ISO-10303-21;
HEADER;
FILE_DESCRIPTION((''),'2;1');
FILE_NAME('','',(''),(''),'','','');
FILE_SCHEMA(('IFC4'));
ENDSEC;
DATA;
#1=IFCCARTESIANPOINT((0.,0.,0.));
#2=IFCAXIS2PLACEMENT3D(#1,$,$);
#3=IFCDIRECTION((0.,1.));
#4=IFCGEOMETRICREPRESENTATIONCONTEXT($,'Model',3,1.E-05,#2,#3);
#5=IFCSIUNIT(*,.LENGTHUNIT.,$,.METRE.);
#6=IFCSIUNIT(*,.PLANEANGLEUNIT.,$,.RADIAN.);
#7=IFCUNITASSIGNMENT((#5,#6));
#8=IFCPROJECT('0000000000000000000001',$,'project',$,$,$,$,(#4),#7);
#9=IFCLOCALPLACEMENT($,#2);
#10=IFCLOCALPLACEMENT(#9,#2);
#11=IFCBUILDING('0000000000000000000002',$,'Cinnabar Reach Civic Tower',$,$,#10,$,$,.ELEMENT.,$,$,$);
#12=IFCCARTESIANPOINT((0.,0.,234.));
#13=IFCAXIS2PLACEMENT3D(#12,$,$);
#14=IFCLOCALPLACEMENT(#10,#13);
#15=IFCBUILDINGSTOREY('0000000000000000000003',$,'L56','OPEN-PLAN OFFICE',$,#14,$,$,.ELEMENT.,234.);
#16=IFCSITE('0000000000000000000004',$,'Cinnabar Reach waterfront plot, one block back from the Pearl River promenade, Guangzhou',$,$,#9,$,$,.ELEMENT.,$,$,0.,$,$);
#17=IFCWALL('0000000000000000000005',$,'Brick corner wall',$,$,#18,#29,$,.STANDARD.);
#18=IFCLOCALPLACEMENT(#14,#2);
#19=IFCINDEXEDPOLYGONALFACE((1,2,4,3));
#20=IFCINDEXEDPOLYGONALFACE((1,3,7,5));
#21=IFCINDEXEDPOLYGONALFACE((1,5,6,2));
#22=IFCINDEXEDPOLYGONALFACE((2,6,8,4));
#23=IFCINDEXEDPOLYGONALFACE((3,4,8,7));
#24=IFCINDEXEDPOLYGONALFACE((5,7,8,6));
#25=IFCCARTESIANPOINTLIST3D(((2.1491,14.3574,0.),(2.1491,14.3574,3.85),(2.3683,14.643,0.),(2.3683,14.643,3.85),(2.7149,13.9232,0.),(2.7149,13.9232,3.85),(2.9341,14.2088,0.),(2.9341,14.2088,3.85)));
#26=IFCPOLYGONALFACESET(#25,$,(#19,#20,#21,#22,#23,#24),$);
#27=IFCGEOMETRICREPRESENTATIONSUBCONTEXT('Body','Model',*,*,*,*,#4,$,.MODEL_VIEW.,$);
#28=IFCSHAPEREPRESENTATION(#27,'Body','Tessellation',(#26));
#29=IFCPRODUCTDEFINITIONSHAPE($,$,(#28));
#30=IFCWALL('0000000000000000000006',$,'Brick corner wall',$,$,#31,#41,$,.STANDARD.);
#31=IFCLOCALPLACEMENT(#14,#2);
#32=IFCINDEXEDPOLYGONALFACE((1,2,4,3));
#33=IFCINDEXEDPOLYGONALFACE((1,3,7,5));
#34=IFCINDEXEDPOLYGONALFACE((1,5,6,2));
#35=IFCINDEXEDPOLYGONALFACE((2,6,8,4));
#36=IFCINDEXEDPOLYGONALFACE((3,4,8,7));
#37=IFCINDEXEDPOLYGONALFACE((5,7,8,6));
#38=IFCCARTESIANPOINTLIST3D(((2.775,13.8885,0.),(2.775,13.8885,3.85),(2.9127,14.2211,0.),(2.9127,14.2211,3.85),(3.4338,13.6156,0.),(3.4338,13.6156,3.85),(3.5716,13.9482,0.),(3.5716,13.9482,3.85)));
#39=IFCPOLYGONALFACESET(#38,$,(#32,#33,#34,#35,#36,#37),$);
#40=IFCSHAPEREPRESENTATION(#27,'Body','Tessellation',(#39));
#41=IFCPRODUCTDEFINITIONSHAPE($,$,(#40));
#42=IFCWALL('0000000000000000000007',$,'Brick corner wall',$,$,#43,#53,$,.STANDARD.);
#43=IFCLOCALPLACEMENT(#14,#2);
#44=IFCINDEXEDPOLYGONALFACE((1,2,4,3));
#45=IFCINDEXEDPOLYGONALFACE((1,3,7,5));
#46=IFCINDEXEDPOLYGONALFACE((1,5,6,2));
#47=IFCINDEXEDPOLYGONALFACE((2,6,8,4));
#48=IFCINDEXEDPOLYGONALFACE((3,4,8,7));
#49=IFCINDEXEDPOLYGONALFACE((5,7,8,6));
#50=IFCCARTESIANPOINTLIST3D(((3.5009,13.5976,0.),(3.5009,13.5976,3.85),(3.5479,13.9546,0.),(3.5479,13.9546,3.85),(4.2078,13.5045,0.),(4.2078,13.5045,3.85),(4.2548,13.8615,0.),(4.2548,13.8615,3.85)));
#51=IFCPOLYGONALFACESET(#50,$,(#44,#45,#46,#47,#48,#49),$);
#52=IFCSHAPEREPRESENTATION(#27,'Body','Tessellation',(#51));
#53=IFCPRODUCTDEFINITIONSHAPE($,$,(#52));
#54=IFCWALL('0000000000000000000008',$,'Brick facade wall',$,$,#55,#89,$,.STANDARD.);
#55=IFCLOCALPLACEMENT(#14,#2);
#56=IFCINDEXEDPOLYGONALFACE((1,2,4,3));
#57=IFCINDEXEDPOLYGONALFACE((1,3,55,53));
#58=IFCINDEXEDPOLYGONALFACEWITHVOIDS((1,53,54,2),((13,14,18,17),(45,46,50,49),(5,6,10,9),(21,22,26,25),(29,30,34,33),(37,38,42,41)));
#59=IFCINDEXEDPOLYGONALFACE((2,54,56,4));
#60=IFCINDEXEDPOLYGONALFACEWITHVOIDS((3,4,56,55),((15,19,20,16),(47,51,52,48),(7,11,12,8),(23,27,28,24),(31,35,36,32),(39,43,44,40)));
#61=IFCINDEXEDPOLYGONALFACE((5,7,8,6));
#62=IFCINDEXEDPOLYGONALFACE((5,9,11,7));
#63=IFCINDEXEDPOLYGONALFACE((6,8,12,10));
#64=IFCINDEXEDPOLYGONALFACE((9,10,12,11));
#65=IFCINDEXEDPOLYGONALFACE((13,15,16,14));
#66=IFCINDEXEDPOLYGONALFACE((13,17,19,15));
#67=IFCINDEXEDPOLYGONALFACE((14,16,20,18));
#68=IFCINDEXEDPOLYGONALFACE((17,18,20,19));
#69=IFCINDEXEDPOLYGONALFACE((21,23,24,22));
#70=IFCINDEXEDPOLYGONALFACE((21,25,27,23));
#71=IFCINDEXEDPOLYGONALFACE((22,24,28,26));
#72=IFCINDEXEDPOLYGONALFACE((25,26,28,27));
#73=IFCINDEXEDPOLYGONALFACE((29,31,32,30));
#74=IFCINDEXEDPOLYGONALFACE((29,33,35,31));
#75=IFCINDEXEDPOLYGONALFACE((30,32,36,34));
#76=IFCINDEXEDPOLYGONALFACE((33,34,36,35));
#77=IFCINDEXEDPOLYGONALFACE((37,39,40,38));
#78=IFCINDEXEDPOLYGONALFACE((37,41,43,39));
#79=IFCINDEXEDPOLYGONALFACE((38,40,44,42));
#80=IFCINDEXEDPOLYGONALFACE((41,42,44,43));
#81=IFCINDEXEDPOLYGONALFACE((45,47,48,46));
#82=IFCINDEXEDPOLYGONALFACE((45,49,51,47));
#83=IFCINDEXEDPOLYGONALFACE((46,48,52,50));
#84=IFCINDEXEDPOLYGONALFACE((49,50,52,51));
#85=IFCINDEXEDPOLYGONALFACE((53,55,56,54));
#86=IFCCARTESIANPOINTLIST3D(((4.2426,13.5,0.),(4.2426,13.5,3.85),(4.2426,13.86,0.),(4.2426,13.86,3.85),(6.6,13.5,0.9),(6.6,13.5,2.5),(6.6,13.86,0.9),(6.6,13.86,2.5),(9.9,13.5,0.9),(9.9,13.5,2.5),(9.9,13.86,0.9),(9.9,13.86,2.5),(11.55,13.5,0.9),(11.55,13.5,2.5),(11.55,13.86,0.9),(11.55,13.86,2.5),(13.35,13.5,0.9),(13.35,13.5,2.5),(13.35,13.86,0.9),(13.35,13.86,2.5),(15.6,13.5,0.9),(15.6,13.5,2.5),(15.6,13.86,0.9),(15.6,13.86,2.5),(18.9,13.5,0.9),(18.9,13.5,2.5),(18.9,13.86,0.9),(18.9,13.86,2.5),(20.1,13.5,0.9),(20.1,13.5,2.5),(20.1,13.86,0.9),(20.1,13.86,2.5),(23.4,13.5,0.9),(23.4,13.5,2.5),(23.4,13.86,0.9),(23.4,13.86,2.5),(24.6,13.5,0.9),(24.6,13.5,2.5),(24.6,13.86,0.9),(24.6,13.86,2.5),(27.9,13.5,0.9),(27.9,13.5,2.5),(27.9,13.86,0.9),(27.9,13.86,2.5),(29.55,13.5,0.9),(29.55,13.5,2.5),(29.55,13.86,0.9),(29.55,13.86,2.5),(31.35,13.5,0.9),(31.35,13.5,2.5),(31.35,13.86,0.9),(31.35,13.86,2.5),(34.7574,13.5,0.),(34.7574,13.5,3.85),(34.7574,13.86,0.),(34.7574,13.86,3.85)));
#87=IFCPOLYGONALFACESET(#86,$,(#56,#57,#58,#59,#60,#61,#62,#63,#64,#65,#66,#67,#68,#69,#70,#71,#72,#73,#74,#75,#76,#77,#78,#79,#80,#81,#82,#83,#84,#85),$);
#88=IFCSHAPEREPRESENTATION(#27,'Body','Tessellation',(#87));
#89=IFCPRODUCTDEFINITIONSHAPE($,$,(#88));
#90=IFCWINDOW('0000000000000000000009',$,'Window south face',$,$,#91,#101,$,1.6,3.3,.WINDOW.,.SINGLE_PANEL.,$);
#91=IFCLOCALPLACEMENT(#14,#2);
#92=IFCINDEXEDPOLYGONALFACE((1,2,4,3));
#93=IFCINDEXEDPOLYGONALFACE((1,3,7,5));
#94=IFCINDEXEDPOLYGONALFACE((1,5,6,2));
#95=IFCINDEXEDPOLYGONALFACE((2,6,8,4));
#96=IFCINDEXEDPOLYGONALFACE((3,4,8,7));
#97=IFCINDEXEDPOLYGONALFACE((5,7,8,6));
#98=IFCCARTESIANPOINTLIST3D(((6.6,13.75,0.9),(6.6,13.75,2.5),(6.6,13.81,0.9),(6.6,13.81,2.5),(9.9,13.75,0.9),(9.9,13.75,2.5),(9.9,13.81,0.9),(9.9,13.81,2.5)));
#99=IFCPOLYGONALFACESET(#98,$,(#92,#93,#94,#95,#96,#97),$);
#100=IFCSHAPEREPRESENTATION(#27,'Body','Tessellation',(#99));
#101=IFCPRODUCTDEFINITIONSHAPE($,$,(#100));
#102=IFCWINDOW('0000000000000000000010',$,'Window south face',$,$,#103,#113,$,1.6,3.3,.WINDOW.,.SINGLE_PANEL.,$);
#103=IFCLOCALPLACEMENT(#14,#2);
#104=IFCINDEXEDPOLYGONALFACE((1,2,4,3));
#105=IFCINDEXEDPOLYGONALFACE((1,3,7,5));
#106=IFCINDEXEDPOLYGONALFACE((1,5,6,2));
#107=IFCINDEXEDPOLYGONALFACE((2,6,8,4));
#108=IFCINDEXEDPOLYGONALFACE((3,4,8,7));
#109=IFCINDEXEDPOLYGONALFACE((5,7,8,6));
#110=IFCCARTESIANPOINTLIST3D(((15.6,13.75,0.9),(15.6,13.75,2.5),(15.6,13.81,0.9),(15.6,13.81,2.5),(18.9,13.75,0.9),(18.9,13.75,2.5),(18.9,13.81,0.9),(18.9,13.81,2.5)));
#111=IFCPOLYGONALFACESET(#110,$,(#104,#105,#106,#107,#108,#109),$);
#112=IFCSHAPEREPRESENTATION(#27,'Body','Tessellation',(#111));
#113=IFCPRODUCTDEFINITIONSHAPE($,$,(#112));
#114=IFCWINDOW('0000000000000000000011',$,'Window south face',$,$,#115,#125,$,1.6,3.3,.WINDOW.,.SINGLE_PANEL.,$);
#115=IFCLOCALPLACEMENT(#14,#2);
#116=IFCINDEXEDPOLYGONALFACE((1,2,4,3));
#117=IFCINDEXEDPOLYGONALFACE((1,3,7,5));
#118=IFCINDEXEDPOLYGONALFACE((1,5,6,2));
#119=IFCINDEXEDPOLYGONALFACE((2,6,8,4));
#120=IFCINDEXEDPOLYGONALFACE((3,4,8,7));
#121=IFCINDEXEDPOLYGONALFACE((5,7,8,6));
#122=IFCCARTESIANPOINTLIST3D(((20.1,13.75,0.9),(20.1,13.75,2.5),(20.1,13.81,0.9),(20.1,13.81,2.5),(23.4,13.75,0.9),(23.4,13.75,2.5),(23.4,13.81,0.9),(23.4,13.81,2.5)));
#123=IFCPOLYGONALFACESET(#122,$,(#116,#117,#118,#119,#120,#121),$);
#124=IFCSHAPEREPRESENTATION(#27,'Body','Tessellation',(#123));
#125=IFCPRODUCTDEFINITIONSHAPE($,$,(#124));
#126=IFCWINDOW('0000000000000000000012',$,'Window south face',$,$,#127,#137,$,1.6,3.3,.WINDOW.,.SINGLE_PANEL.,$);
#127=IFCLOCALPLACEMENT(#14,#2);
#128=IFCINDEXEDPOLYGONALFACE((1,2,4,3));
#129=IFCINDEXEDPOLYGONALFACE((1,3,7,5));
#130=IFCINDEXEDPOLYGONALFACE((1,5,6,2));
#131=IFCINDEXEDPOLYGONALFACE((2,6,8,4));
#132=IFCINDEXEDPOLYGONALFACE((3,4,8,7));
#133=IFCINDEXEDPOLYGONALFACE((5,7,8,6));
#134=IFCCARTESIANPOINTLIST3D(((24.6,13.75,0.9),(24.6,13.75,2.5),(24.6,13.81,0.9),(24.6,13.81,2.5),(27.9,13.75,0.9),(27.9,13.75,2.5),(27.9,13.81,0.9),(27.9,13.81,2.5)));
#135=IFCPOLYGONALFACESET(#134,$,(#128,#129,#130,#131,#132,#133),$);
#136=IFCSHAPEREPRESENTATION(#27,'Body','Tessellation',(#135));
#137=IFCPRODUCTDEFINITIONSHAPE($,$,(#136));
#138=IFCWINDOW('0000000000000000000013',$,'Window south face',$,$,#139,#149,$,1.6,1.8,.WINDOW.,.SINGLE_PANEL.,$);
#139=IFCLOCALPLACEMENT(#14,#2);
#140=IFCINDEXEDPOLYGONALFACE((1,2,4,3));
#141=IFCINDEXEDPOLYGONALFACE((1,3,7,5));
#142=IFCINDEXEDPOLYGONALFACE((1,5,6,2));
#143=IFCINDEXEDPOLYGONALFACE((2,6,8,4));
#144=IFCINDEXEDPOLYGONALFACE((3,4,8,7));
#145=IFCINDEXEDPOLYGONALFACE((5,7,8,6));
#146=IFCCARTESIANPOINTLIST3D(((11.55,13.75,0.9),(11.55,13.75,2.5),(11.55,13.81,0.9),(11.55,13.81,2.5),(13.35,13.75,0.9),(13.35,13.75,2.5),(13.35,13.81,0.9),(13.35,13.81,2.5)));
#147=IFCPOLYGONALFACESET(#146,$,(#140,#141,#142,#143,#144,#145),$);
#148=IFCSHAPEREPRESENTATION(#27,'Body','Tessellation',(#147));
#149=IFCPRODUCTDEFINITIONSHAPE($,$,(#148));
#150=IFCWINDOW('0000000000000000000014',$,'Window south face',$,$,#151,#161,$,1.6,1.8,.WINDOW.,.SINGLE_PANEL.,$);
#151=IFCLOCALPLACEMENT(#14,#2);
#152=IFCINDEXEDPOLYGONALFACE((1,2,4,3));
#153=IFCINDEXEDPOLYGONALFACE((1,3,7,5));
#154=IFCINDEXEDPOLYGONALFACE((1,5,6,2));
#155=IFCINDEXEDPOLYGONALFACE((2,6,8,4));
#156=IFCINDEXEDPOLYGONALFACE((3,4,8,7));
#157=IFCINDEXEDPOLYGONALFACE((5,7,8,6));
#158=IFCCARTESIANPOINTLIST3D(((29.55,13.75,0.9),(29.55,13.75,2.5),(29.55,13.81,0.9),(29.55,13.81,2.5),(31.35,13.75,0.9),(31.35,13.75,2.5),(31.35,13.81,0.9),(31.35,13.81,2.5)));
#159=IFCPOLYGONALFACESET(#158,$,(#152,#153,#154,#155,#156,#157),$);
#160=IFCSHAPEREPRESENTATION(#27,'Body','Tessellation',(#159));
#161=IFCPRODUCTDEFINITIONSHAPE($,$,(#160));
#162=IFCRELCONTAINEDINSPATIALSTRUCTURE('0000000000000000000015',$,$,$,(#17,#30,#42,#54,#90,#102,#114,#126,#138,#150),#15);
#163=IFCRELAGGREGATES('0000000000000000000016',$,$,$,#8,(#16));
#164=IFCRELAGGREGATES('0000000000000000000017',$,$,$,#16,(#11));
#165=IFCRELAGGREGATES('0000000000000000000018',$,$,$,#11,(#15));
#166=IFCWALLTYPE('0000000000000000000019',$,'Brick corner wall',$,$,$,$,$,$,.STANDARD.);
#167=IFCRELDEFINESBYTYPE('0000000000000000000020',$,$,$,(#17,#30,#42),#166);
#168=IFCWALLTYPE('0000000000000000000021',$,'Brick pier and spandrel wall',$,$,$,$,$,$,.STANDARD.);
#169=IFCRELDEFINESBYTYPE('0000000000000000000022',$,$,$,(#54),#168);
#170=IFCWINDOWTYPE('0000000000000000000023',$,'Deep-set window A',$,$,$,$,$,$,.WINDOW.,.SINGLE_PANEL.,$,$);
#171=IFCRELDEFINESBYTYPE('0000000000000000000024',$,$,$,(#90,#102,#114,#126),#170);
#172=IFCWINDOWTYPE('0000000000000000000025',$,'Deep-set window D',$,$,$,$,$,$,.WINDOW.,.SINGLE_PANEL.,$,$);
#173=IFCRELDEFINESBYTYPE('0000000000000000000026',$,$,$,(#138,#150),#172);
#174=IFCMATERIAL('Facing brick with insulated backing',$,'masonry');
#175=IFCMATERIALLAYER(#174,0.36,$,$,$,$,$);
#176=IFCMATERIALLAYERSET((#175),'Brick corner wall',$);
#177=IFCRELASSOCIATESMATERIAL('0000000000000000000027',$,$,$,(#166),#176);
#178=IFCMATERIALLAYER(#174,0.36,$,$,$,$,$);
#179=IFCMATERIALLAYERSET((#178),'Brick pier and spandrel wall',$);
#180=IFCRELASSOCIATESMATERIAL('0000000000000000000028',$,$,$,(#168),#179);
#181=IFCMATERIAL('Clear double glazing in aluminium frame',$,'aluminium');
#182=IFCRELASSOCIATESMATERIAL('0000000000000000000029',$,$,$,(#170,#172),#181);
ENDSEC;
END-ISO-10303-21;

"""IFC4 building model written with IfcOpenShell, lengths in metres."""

from ifc_helpers import new_model, si_unit, direction, frame, frame_2d, origin, place, context, subcontext, project, spatial, rectangle, extrude, material, layer, layer_set, type_object, element, fill, save


model = new_model("IFC4")

# Units and contexts
model_context = context("Model", 3, precision=1e-05, world=origin(), true_north=direction((0.0, 1.0)))
body_context = subcontext(model_context, "Body", "Model", "MODEL_VIEW")
ifc_project = project(units=[si_unit("LENGTHUNIT", "METRE"), si_unit("PLANEANGLEUNIT", "RADIAN")], contexts=[model_context])

# Site, building, storey
site_placement = place(None, origin())
site = spatial("IfcSite", under=ifc_project, at=site_placement, Name="Cinnabar Reach waterfront plot, one block back from the Pearl River promenade, Guangzhou", CompositionType="ELEMENT", RefElevation=0.0)
building_placement = place(site_placement, origin())
building = spatial("IfcBuilding", under=site, at=building_placement, Name="Cinnabar Reach Civic Tower", CompositionType="ELEMENT")
storey_placement = place(building_placement, frame((0.0, 0.0, 234.0)))
storey = spatial("IfcBuildingStorey", under=building, at=storey_placement, Name="L56", Description="OPEN-PLAN OFFICE", CompositionType="ELEMENT", Elevation=234.0)

# Walls
ifc_material_1 = material(Name="Facing brick with insulated backing", Category="masonry")
ifc_layer_1 = layer(ifc_material_1, 0.36)
ifc_layer_set_1 = layer_set([ifc_layer_1], Name="Brick corner wall")
wall_type_1 = type_object("IfcWallType", Name="Brick corner wall", PredefinedType="STANDARD", material=ifc_layer_set_1)
wall_1_placement = place(storey_placement, frame((2.2587, 14.5002, 0.0), z_axis=(0.0, 0.0, 1.0), x_axis=(0.793322, -0.608802, 0.0)))
element("IfcWall", 1, at=wall_1_placement, inside=storey, type_object=wall_type_1, Name="Brick corner wall", PredefinedType="STANDARD", context=body_context, shape_type="SweptSolid", body=[
    extrude(rectangle(XDim=0.7132, YDim=0.36, at=frame_2d((0.3566, 0.0))), origin(), (0.0, 0.0, 1.0), 3.85),
])
for number, where, z_axis, x_axis, name in (
    (2, (2.8439, 14.0548, 0.0), (0.0, 0.0, 1.0), (0.923872, -0.382703, 0.0), "Brick corner wall"),
    (3, (3.5244, 13.7761, 0.0), (0.0, 0.0, 1.0), (0.991441, -0.130556, 0.0), "Brick corner wall"),
):
    element("IfcWall", number, at=place(storey_placement, frame(where, z_axis=z_axis, x_axis=x_axis)), inside=storey, type_object=wall_type_1, Name=name, PredefinedType="STANDARD", context=body_context, shape_type="SweptSolid", body=[
        extrude(rectangle(XDim=0.7131, YDim=0.36, at=frame_2d((0.3565, 0.0))), origin(), (0.0, 0.0, 1.0), 3.85),
    ])

# Wall, openings, windows
ifc_layer_2 = layer(ifc_material_1, 0.36)
ifc_layer_set_2 = layer_set([ifc_layer_2], Name="Brick pier and spandrel wall")
wall_type_2 = type_object("IfcWallType", Name="Brick pier and spandrel wall", PredefinedType="STANDARD", material=ifc_layer_set_2)
wall_2_placement = place(storey_placement, frame((4.2426, 13.68, 0.0), z_axis=(0.0, 0.0, 1.0), x_axis=(1.0, 0.0, 0.0)))
wall_2 = element("IfcWall", 4, at=wall_2_placement, inside=storey, type_object=wall_type_2, Name="Brick facade wall", PredefinedType="STANDARD", context=body_context, shape_type="SweptSolid", body=[
    extrude(rectangle(XDim=30.5148, YDim=0.36, at=frame_2d((15.2574, 0.0))), origin(), (0.0, 0.0, 1.0), 3.85),
])
opening_1_placement = place(wall_2_placement, frame((2.3574, 0.0, 0.9)))
opening_1 = element("IfcOpeningElement", 5, at=opening_1_placement, cuts=wall_2, PredefinedType="OPENING", context=body_context, shape_type="SweptSolid", body=[
    extrude(rectangle(XDim=3.3, YDim=1.6, at=frame_2d((1.65, 0.8))), frame((0.0, 0.19, 0.0), z_axis=(0.0, -1.0, 0.0), x_axis=(1.0, 0.0, 0.0)), (0.0, 0.0, 1.0), 0.38),
])
opening_2_placement = place(wall_2_placement, frame((7.3074, 0.0, 0.9)))
opening_2 = element("IfcOpeningElement", 6, at=opening_2_placement, cuts=wall_2, PredefinedType="OPENING", context=body_context, shape_type="SweptSolid", body=[
    extrude(rectangle(XDim=1.8, YDim=1.6, at=frame_2d((0.9, 0.8))), frame((0.0, 0.19, 0.0), z_axis=(0.0, -1.0, 0.0), x_axis=(1.0, 0.0, 0.0)), (0.0, 0.0, 1.0), 0.38),
])
opening_3_placement = place(wall_2_placement, frame((11.3574, 0.0, 0.9)))
opening_3 = element("IfcOpeningElement", 7, at=opening_3_placement, cuts=wall_2, PredefinedType="OPENING", context=body_context, shape_type="SweptSolid", body=[
    extrude(rectangle(XDim=3.3, YDim=1.6, at=frame_2d((1.65, 0.8))), frame((0.0, 0.19, 0.0), z_axis=(0.0, -1.0, 0.0), x_axis=(1.0, 0.0, 0.0)), (0.0, 0.0, 1.0), 0.38),
])
opening_4_placement = place(wall_2_placement, frame((15.8574, 0.0, 0.9)))
opening_4 = element("IfcOpeningElement", 8, at=opening_4_placement, cuts=wall_2, PredefinedType="OPENING", context=body_context, shape_type="SweptSolid", body=[
    extrude(rectangle(XDim=3.3, YDim=1.6, at=frame_2d((1.65, 0.8))), frame((0.0, 0.19, 0.0), z_axis=(0.0, -1.0, 0.0), x_axis=(1.0, 0.0, 0.0)), (0.0, 0.0, 1.0), 0.38),
])
opening_5_placement = place(wall_2_placement, frame((20.3574, 0.0, 0.9)))
opening_5 = element("IfcOpeningElement", 9, at=opening_5_placement, cuts=wall_2, PredefinedType="OPENING", context=body_context, shape_type="SweptSolid", body=[
    extrude(rectangle(XDim=3.3, YDim=1.6, at=frame_2d((1.65, 0.8))), frame((0.0, 0.19, 0.0), z_axis=(0.0, -1.0, 0.0), x_axis=(1.0, 0.0, 0.0)), (0.0, 0.0, 1.0), 0.38),
])
opening_6_placement = place(wall_2_placement, frame((25.3074, 0.0, 0.9)))
opening_6 = element("IfcOpeningElement", 10, at=opening_6_placement, cuts=wall_2, PredefinedType="OPENING", context=body_context, shape_type="SweptSolid", body=[
    extrude(rectangle(XDim=1.8, YDim=1.6, at=frame_2d((0.9, 0.8))), frame((0.0, 0.19, 0.0), z_axis=(0.0, -1.0, 0.0), x_axis=(1.0, 0.0, 0.0)), (0.0, 0.0, 1.0), 0.38),
])
ifc_material_2 = material(Name="Clear double glazing in aluminium frame", Category="aluminium")
window_type_1 = type_object("IfcWindowType", Name="Deep-set window A", PartitioningType="SINGLE_PANEL", PredefinedType="WINDOW", material=ifc_material_2)
window_1_placement = place(opening_1_placement, origin())
window_1 = element("IfcWindow", 11, at=window_1_placement, inside=storey, type_object=window_type_1, Name="Window south face", OverallHeight=1.6, OverallWidth=3.3, PartitioningType="SINGLE_PANEL", PredefinedType="WINDOW", context=body_context, shape_type="SweptSolid", body=[
    extrude(rectangle(XDim=3.3, YDim=1.6, at=frame_2d((1.65, 0.8))), frame((0.0, 0.13, 0.0), z_axis=(0.0, -1.0, 0.0), x_axis=(1.0, 0.0, 0.0)), (0.0, 0.0, 1.0), 0.06),
])
fill(opening_1, window_1)
window_2_placement = place(opening_3_placement, origin())
window_2 = element("IfcWindow", 12, at=window_2_placement, inside=storey, type_object=window_type_1, Name="Window south face", OverallHeight=1.6, OverallWidth=3.3, PartitioningType="SINGLE_PANEL", PredefinedType="WINDOW", context=body_context, shape_type="SweptSolid", body=[
    extrude(rectangle(XDim=3.3, YDim=1.6, at=frame_2d((1.65, 0.8))), frame((0.0, 0.13, 0.0), z_axis=(0.0, -1.0, 0.0), x_axis=(1.0, 0.0, 0.0)), (0.0, 0.0, 1.0), 0.06),
])
fill(opening_3, window_2)
window_3_placement = place(opening_4_placement, origin())
window_3 = element("IfcWindow", 13, at=window_3_placement, inside=storey, type_object=window_type_1, Name="Window south face", OverallHeight=1.6, OverallWidth=3.3, PartitioningType="SINGLE_PANEL", PredefinedType="WINDOW", context=body_context, shape_type="SweptSolid", body=[
    extrude(rectangle(XDim=3.3, YDim=1.6, at=frame_2d((1.65, 0.8))), frame((0.0, 0.13, 0.0), z_axis=(0.0, -1.0, 0.0), x_axis=(1.0, 0.0, 0.0)), (0.0, 0.0, 1.0), 0.06),
])
fill(opening_4, window_3)
window_4_placement = place(opening_5_placement, origin())
window_4 = element("IfcWindow", 14, at=window_4_placement, inside=storey, type_object=window_type_1, Name="Window south face", OverallHeight=1.6, OverallWidth=3.3, PartitioningType="SINGLE_PANEL", PredefinedType="WINDOW", context=body_context, shape_type="SweptSolid", body=[
    extrude(rectangle(XDim=3.3, YDim=1.6, at=frame_2d((1.65, 0.8))), frame((0.0, 0.13, 0.0), z_axis=(0.0, -1.0, 0.0), x_axis=(1.0, 0.0, 0.0)), (0.0, 0.0, 1.0), 0.06),
])
fill(opening_5, window_4)
window_type_2 = type_object("IfcWindowType", Name="Deep-set window D", PartitioningType="SINGLE_PANEL", PredefinedType="WINDOW", material=ifc_material_2)
window_5_placement = place(opening_2_placement, origin())
window_5 = element("IfcWindow", 15, at=window_5_placement, inside=storey, type_object=window_type_2, Name="Window south face", OverallHeight=1.6, OverallWidth=1.8, PartitioningType="SINGLE_PANEL", PredefinedType="WINDOW", context=body_context, shape_type="SweptSolid", body=[
    extrude(rectangle(XDim=1.8, YDim=1.6, at=frame_2d((0.9, 0.8))), frame((0.0, 0.13, 0.0), z_axis=(0.0, -1.0, 0.0), x_axis=(1.0, 0.0, 0.0)), (0.0, 0.0, 1.0), 0.06),
])
fill(opening_2, window_5)
window_6_placement = place(opening_6_placement, origin())
window_6 = element("IfcWindow", 16, at=window_6_placement, inside=storey, type_object=window_type_2, Name="Window south face", OverallHeight=1.6, OverallWidth=1.8, PartitioningType="SINGLE_PANEL", PredefinedType="WINDOW", context=body_context, shape_type="SweptSolid", body=[
    extrude(rectangle(XDim=1.8, YDim=1.6, at=frame_2d((0.9, 0.8))), frame((0.0, 0.13, 0.0), z_axis=(0.0, -1.0, 0.0), x_axis=(1.0, 0.0, 0.0)), (0.0, 0.0, 1.0), 0.06),
])
fill(opening_6, window_6)

save(model, "model.ifc")
